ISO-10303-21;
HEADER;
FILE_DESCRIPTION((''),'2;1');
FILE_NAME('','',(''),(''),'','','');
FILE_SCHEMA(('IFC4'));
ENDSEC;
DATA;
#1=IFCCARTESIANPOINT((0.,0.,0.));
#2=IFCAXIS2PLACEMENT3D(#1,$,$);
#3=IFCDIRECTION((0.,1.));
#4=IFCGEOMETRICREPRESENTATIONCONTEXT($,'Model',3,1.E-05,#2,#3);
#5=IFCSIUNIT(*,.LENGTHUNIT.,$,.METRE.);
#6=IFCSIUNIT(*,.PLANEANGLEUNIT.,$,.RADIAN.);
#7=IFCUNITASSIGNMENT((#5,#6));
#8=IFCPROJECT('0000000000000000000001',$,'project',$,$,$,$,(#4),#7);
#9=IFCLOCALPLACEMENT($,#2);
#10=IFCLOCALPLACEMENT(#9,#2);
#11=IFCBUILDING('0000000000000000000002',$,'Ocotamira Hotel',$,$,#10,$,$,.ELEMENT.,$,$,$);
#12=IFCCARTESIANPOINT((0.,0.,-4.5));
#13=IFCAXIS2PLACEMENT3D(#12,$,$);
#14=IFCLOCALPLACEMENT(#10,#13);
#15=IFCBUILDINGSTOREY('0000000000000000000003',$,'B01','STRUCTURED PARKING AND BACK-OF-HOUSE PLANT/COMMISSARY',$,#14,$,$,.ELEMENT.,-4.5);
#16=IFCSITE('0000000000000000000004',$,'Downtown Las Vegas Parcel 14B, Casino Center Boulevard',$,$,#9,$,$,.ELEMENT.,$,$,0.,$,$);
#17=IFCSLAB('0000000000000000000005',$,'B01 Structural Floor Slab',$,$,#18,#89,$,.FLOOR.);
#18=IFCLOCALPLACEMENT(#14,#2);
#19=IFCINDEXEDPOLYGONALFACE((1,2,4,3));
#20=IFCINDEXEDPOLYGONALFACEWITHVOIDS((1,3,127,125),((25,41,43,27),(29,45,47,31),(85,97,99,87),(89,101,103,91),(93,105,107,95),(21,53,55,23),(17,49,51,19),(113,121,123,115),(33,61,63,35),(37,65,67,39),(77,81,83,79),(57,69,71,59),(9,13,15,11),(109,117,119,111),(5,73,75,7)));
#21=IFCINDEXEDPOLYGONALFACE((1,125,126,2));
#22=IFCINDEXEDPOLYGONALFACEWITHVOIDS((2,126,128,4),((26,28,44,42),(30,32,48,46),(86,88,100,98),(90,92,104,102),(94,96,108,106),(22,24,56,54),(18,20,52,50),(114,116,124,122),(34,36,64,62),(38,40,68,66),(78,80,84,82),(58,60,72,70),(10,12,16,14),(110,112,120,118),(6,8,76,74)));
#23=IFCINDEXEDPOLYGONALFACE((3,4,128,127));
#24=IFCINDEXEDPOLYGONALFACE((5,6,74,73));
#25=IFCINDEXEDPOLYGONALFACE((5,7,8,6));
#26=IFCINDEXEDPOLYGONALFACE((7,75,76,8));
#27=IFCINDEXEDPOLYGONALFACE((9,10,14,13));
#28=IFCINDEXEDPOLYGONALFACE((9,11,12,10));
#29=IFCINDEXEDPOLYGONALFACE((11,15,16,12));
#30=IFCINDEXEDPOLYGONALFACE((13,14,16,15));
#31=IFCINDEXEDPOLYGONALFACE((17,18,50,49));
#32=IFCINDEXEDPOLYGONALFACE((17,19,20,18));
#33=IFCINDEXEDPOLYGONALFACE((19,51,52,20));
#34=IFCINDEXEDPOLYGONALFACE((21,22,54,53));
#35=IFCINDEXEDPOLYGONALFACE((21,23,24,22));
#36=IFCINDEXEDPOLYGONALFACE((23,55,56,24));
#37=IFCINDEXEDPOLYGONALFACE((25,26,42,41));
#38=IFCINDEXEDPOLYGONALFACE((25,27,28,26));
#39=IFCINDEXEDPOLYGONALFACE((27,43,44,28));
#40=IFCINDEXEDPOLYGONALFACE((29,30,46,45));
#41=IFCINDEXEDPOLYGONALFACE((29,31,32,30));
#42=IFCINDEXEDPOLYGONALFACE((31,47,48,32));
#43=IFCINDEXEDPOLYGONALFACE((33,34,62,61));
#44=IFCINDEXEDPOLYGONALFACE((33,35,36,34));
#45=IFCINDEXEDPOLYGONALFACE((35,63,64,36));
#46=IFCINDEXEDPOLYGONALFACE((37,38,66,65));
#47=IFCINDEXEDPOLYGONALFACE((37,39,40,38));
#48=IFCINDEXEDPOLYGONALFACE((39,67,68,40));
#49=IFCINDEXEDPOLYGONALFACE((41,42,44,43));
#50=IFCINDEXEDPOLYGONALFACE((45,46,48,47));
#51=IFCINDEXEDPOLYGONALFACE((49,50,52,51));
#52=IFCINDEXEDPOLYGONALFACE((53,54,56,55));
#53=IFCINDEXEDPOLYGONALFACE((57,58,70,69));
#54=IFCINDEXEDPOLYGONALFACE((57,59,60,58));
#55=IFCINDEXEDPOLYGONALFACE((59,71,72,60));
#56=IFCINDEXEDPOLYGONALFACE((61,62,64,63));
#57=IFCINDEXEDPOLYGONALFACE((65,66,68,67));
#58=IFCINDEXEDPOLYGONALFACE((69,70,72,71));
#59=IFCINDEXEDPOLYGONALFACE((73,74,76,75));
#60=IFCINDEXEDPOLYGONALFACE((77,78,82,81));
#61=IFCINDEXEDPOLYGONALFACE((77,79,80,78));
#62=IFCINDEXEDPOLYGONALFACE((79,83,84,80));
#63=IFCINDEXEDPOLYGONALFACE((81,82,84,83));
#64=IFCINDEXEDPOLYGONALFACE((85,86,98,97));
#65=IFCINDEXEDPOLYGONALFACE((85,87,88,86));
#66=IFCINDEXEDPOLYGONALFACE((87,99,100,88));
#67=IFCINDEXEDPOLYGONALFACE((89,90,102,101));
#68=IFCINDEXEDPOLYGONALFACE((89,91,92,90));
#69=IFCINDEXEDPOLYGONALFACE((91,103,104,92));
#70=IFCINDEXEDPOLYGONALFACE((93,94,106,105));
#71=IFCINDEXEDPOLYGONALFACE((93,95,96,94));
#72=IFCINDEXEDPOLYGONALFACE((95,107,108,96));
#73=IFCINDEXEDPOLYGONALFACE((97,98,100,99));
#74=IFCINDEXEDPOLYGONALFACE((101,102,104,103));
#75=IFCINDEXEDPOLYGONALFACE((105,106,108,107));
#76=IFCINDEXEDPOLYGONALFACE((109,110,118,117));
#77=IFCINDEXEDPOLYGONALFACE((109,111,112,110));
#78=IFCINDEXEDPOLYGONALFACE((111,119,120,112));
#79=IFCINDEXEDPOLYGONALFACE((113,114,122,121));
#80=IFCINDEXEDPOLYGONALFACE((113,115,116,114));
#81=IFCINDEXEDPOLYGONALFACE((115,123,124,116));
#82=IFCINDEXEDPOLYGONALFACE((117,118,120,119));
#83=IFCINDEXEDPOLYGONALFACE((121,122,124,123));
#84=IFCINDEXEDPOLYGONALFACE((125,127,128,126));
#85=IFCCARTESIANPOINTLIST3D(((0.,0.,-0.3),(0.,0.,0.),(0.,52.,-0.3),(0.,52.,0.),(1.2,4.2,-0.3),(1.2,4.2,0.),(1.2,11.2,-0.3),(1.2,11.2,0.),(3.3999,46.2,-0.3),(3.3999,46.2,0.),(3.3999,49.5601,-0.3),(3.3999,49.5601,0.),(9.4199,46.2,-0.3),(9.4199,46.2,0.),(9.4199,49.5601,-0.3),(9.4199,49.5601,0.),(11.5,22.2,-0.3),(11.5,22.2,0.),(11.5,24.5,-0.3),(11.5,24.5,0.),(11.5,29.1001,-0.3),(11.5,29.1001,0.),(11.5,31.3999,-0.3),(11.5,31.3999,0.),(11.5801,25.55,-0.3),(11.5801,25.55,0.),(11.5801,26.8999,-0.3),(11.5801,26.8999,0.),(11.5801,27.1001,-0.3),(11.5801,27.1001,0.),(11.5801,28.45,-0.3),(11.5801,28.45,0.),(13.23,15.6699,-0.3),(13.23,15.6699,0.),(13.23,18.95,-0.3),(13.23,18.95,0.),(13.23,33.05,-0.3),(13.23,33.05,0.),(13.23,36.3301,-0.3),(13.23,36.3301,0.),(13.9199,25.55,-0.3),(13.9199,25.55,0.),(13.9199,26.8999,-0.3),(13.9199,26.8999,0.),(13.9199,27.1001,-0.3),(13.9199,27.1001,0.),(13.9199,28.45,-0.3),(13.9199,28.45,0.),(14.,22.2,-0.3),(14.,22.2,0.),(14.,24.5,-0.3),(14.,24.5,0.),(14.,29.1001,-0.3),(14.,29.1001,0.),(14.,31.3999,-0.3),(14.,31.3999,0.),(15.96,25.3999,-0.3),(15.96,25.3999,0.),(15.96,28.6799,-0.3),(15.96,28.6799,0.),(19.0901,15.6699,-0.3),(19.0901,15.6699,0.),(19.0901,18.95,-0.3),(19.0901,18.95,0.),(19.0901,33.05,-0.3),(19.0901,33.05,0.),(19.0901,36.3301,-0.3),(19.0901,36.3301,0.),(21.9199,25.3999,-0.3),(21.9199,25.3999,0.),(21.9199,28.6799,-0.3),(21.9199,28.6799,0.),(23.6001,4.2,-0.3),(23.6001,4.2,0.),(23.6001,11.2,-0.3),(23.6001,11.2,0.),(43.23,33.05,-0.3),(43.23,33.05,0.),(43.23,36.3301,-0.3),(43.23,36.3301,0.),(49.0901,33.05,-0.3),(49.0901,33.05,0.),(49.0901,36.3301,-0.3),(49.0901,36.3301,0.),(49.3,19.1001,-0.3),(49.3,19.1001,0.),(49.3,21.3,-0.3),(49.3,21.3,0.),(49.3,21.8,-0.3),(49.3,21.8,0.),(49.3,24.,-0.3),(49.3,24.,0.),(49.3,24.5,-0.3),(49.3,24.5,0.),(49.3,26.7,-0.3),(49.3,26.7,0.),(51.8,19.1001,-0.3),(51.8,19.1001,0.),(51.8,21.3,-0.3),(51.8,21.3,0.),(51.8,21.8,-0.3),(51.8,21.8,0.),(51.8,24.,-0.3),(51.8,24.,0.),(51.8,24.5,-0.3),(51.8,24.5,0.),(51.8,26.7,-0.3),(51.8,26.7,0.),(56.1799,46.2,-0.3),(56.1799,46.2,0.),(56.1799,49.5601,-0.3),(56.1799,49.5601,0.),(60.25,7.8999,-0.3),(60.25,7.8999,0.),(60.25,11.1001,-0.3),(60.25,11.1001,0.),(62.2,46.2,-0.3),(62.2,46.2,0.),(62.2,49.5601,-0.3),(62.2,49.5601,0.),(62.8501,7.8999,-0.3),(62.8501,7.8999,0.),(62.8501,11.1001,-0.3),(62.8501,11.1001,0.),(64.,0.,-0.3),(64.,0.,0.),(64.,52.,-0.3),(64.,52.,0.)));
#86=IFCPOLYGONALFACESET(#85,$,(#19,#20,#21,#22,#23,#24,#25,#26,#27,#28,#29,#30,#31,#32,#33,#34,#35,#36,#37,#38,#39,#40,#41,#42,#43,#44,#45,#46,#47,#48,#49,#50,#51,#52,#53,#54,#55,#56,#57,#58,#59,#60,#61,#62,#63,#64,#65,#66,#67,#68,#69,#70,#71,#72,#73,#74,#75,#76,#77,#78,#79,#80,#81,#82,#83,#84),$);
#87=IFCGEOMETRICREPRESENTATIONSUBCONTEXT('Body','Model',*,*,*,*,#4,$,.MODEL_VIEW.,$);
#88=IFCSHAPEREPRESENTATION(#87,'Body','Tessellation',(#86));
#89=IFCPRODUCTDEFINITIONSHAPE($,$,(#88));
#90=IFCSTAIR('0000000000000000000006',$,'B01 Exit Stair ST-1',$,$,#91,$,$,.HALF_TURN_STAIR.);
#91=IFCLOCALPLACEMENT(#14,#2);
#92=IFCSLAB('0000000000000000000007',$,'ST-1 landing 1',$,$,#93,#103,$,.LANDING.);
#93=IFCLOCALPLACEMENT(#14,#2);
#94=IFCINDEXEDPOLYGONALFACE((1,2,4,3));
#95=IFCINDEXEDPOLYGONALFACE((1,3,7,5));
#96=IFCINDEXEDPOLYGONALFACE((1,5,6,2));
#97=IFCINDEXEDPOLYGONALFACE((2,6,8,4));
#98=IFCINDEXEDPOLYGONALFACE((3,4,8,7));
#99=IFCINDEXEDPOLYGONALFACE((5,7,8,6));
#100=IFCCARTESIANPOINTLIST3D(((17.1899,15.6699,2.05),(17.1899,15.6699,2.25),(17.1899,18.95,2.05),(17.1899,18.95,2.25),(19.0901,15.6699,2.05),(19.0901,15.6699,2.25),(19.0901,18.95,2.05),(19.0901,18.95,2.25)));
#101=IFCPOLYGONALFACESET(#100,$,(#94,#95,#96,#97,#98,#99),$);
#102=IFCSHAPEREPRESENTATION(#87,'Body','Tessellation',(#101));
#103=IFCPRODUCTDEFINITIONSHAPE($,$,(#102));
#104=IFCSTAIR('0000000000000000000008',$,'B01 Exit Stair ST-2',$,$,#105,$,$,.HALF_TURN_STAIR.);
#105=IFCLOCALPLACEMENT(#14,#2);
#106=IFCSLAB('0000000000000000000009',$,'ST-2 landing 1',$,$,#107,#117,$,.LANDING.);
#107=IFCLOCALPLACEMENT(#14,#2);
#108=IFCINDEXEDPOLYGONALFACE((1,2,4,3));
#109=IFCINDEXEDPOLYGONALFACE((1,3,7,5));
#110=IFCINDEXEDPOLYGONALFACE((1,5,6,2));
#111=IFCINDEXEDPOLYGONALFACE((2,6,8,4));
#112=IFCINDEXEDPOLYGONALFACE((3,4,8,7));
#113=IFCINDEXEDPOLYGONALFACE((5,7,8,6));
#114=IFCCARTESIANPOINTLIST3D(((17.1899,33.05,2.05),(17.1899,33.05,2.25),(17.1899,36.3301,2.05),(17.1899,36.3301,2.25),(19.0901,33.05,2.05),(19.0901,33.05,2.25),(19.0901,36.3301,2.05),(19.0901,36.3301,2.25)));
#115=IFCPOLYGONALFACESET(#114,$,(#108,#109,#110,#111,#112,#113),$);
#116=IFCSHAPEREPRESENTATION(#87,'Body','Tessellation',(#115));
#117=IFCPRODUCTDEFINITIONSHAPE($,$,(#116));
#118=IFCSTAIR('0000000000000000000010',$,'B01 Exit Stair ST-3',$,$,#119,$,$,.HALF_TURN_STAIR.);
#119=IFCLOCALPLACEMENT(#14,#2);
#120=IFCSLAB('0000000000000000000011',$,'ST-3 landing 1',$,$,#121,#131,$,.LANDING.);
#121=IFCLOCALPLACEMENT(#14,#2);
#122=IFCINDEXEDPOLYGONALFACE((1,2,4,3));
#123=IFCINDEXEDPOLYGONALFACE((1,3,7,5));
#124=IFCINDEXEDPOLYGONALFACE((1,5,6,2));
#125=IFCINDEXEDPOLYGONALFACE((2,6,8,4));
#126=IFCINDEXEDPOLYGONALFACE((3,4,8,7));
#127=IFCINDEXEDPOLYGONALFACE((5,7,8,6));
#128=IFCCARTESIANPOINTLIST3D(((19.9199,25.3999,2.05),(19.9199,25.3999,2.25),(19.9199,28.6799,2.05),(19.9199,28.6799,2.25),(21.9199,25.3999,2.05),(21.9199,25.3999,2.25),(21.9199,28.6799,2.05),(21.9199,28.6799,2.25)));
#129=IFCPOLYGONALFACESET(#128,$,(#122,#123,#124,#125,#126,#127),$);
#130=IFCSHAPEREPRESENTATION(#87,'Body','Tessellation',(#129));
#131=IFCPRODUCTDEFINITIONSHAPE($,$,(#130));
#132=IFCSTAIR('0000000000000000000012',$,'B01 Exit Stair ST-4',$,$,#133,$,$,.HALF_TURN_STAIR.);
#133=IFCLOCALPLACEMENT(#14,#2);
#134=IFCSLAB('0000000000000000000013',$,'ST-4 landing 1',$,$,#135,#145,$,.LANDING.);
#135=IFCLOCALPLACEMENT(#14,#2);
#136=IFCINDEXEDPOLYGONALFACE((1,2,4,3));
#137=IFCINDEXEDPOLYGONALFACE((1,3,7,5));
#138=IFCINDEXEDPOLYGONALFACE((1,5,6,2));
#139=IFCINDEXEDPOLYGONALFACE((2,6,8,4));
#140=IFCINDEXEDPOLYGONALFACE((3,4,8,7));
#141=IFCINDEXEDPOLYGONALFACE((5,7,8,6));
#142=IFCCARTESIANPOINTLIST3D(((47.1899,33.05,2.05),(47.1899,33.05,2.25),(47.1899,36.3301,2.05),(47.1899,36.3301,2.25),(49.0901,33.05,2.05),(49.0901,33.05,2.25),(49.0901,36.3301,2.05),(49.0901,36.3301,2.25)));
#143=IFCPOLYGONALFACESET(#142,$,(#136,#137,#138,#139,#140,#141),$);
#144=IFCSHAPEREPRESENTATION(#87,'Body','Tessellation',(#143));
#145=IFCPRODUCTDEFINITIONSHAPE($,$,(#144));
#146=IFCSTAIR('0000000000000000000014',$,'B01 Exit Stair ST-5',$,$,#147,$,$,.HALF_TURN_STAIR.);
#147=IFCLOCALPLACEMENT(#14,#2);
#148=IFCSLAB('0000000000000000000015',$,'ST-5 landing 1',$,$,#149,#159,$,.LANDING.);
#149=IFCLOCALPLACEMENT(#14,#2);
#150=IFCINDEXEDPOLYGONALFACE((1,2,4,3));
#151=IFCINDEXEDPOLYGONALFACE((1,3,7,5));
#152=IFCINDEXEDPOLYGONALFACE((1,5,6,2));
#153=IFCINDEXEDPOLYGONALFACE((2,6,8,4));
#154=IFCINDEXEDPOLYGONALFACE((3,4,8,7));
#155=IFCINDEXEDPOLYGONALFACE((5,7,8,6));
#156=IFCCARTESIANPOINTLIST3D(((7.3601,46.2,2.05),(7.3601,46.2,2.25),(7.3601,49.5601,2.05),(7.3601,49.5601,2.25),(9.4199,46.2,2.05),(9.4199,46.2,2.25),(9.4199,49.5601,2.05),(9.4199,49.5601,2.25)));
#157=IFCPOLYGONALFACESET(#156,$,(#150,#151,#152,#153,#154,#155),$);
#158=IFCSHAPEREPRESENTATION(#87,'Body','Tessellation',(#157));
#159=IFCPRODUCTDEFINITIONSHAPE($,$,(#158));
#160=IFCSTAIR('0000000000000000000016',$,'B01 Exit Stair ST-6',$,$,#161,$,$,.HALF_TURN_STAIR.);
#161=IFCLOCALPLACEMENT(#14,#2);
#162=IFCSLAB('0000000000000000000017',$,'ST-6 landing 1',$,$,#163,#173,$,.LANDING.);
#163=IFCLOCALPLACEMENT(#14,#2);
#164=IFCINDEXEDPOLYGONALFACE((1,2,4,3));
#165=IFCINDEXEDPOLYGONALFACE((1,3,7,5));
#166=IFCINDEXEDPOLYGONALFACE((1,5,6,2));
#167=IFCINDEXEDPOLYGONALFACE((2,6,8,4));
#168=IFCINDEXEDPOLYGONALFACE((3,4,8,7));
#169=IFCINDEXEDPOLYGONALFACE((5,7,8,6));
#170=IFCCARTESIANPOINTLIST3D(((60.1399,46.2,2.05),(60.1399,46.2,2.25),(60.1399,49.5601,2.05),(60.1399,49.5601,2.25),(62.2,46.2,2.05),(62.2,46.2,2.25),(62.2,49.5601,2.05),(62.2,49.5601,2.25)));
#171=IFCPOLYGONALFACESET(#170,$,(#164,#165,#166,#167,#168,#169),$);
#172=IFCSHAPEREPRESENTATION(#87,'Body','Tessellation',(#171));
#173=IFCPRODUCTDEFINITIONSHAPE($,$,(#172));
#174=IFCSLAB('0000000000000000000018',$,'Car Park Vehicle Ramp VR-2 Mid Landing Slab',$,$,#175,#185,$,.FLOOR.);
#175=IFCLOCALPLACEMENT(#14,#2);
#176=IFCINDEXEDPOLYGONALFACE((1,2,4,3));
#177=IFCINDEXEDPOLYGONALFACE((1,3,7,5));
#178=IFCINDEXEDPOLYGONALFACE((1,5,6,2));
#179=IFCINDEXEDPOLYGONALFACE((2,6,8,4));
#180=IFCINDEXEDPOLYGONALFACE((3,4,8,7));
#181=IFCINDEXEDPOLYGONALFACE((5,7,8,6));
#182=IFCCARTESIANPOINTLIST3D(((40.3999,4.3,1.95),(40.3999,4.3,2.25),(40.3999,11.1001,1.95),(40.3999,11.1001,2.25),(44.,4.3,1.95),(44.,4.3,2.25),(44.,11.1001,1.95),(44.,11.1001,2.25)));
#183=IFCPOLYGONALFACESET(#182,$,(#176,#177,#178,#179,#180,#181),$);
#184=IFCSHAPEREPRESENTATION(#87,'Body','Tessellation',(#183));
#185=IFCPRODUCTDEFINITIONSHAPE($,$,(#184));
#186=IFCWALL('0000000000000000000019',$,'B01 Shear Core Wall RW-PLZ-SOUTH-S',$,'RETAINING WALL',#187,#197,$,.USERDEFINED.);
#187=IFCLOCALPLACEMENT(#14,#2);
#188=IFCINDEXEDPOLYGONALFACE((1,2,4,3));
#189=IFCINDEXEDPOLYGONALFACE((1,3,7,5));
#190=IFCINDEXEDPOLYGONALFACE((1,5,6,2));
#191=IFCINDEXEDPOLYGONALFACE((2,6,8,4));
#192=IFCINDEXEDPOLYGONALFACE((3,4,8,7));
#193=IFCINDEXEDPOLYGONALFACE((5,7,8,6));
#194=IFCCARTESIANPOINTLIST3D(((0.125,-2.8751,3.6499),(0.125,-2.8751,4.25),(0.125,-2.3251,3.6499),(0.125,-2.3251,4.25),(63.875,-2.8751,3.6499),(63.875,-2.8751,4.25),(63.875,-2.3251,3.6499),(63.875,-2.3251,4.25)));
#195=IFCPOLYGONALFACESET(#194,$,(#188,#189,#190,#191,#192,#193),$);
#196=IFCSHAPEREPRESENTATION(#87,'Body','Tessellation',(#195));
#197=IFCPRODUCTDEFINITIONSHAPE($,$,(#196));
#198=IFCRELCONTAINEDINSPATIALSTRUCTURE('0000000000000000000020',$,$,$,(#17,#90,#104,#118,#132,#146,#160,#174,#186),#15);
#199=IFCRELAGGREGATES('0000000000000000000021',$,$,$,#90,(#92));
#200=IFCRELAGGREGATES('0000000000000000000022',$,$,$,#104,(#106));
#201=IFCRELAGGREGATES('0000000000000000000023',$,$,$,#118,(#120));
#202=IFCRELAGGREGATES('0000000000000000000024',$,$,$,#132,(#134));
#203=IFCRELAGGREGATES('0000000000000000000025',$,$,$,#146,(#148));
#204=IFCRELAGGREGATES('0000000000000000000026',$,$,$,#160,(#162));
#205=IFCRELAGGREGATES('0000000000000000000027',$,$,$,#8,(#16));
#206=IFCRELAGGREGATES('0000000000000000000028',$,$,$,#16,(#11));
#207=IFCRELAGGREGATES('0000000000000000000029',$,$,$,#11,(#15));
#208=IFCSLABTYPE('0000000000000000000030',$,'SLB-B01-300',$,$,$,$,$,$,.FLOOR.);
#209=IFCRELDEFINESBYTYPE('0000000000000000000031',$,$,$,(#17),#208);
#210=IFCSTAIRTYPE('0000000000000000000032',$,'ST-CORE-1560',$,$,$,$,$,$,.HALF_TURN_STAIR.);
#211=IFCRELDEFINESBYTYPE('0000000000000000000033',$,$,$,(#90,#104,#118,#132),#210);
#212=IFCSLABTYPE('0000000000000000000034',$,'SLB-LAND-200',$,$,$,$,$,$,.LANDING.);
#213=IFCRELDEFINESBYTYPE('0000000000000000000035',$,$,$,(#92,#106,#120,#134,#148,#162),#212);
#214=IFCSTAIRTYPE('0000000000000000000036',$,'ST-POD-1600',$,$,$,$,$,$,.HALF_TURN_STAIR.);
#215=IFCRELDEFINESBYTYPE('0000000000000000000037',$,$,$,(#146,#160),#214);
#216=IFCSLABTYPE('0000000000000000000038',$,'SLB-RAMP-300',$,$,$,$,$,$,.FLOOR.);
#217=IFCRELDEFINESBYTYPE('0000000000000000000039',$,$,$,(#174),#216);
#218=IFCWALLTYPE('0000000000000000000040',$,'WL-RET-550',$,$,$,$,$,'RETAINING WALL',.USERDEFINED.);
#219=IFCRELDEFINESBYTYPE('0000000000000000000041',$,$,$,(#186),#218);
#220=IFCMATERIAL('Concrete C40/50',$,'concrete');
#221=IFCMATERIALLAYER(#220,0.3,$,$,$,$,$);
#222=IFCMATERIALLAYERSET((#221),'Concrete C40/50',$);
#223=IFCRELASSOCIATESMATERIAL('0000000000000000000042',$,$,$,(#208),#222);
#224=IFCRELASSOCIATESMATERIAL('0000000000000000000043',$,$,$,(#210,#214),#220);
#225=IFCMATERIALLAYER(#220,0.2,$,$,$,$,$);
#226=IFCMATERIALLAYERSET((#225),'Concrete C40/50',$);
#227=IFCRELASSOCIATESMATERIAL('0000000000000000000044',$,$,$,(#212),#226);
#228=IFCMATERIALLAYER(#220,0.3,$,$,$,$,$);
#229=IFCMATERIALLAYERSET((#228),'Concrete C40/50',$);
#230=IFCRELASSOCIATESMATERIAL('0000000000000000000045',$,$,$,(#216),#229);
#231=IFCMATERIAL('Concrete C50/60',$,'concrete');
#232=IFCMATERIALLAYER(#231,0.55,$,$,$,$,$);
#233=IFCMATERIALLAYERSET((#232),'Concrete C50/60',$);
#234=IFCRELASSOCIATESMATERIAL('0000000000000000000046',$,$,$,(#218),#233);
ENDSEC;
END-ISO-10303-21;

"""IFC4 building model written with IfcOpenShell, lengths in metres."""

from ifc_helpers import new_model, si_unit, direction, frame, frame_2d, origin, place, context, subcontext, project, spatial, polyline, rectangle, outline, extrude, material, layer, layer_set, type_object, element, aggregate, save


model = new_model("IFC4")

# Units and contexts
model_context = context("Model", 3, precision=1e-05, world=origin(), true_north=direction((0.0, 1.0)))
body_context = subcontext(model_context, "Body", "Model", "MODEL_VIEW")
ifc_project = project(units=[si_unit("LENGTHUNIT", "METRE"), si_unit("PLANEANGLEUNIT", "RADIAN")], contexts=[model_context])

# Site, building, storey
site_placement = place(None, origin())
site = spatial("IfcSite", under=ifc_project, at=site_placement, Name="Downtown Las Vegas Parcel 14B, Casino Center Boulevard", CompositionType="ELEMENT", RefElevation=0.0)
building_placement = place(site_placement, origin())
building = spatial("IfcBuilding", under=site, at=building_placement, Name="Ocotamira Hotel", CompositionType="ELEMENT")
storey_placement = place(building_placement, frame((0.0, 0.0, -4.5)))
storey = spatial("IfcBuildingStorey", under=building, at=storey_placement, Name="B01", Description="STRUCTURED PARKING AND BACK-OF-HOUSE PLANT/COMMISSARY", CompositionType="ELEMENT", Elevation=-4.5)

# Shared definitions
ifc_material_1 = material(Name="Concrete C50/60", Category="concrete")

# Slab
ifc_material_2 = material(Name="Concrete C40/50", Category="concrete")
ifc_layer_1 = layer(ifc_material_2, 0.3)
ifc_layer_set_1 = layer_set([ifc_layer_1], Name="Concrete C40/50")
slab_type_1 = type_object("IfcSlabType", Name="SLB-B01-300", PredefinedType="FLOOR", material=ifc_layer_set_1)
slab_1_placement = place(storey_placement, frame((0.0, 0.0, -0.3)))
element("IfcSlab", 1, at=slab_1_placement, inside=storey, type_object=slab_type_1, Name="B01 Structural Floor Slab", PredefinedType="FLOOR", context=body_context, shape_type="SweptSolid", body=[
    extrude(outline(polyline([(0.0, 0.0), (64.0, 0.0), (64.0, 52.0), (0.0, 52.0), (0.0, 0.0)]), holes=[polyline([(13.23, 15.6699), (19.0901, 15.6699), (19.0901, 18.95), (13.23, 18.95), (13.23, 15.6699)]), polyline([(13.23, 33.05), (19.0901, 33.05), (19.0901, 36.3301), (13.23, 36.3301), (13.23, 33.05)]), polyline([(15.96, 25.3999), (21.9199, 25.3999), (21.9199, 28.6799), (15.96, 28.6799), (15.96, 25.3999)]), polyline([(43.23, 33.05), (49.0901, 33.05), (49.0901, 36.3301), (43.23, 36.3301), (43.23, 33.05)]), polyline([(3.3999, 46.2), (9.4199, 46.2), (9.4199, 49.5601), (3.3999, 49.5601), (3.3999, 46.2)]), polyline([(56.1799, 46.2), (62.2, 46.2), (62.2, 49.5601), (56.1799, 49.5601), (56.1799, 46.2)]), polyline([(49.3, 19.1001), (51.8, 19.1001), (51.8, 21.3), (49.3, 21.3), (49.3, 19.1001)]), polyline([(49.3, 21.8), (51.8, 21.8), (51.8, 24.0), (49.3, 24.0), (49.3, 21.8)]), polyline([(49.3, 24.5), (51.8, 24.5), (51.8, 26.7), (49.3, 26.7), (49.3, 24.5)]), polyline([(11.5, 22.2), (14.0, 22.2), (14.0, 24.5), (11.5, 24.5), (11.5, 22.2)]), polyline([(11.5, 29.1001), (14.0, 29.1001), (14.0, 31.3999), (11.5, 31.3999), (11.5, 29.1001)]), polyline([(11.5801, 25.55), (13.9199, 25.55), (13.9199, 26.8999), (11.5801, 26.8999), (11.5801, 25.55)]), polyline([(11.5801, 27.1001), (13.9199, 27.1001), (13.9199, 28.45), (11.5801, 28.45), (11.5801, 27.1001)]), polyline([(1.2, 4.2), (23.6001, 4.2), (23.6001, 11.2), (1.2, 11.2), (1.2, 4.2)]), polyline([(60.25, 7.8999), (62.8501, 7.8999), (62.8501, 11.1001), (60.25, 11.1001), (60.25, 7.8999)])]), origin(), (0.0, 0.0, 1.0), 0.3),
])

# Stairs, slabs
stair_type_1 = type_object("IfcStairType", Name="ST-CORE-1560", PredefinedType="HALF_TURN_STAIR", material=ifc_material_2)
stair_1_placement = place(storey_placement, origin())
stair_1 = element("IfcStair", 2, at=stair_1_placement, inside=storey, type_object=stair_type_1, Name="B01 Exit Stair ST-1", PredefinedType="HALF_TURN_STAIR")
ifc_layer_2 = layer(ifc_material_2, 0.2)
ifc_layer_set_2 = layer_set([ifc_layer_2], Name="Concrete C40/50")
slab_type_2 = type_object("IfcSlabType", Name="SLB-LAND-200", PredefinedType="LANDING", material=ifc_layer_set_2)
slab_2_placement = place(storey_placement, frame((0.0, 0.0, 2.05)))
slab_2 = element("IfcSlab", 3, at=slab_2_placement, type_object=slab_type_2, Name="ST-1 landing 1", PredefinedType="LANDING", context=body_context, shape_type="SweptSolid", body=[
    extrude(outline(polyline([(17.1899, 15.6699), (19.0901, 15.6699), (19.0901, 18.95), (17.1899, 18.95), (17.1899, 15.6699)])), origin(), (0.0, 0.0, 1.0), 0.2),
])
aggregate(stair_1, [slab_2])
stair_2_placement = place(storey_placement, origin())
stair_2 = element("IfcStair", 4, at=stair_2_placement, inside=storey, type_object=stair_type_1, Name="B01 Exit Stair ST-2", PredefinedType="HALF_TURN_STAIR")
slab_3_placement = place(storey_placement, frame((0.0, 0.0, 2.05)))
slab_3 = element("IfcSlab", 5, at=slab_3_placement, type_object=slab_type_2, Name="ST-2 landing 1", PredefinedType="LANDING", context=body_context, shape_type="SweptSolid", body=[
    extrude(outline(polyline([(17.1899, 33.05), (19.0901, 33.05), (19.0901, 36.3301), (17.1899, 36.3301), (17.1899, 33.05)])), origin(), (0.0, 0.0, 1.0), 0.2),
])
aggregate(stair_2, [slab_3])
stair_3_placement = place(storey_placement, origin())
stair_3 = element("IfcStair", 6, at=stair_3_placement, inside=storey, type_object=stair_type_1, Name="B01 Exit Stair ST-3", PredefinedType="HALF_TURN_STAIR")
slab_4_placement = place(storey_placement, frame((0.0, 0.0, 2.05)))
slab_4 = element("IfcSlab", 7, at=slab_4_placement, type_object=slab_type_2, Name="ST-3 landing 1", PredefinedType="LANDING", context=body_context, shape_type="SweptSolid", body=[
    extrude(outline(polyline([(19.9199, 25.3999), (21.9199, 25.3999), (21.9199, 28.6799), (19.9199, 28.6799), (19.9199, 25.3999)])), origin(), (0.0, 0.0, 1.0), 0.2),
])
aggregate(stair_3, [slab_4])
stair_4_placement = place(storey_placement, origin())
stair_4 = element("IfcStair", 8, at=stair_4_placement, inside=storey, type_object=stair_type_1, Name="B01 Exit Stair ST-4", PredefinedType="HALF_TURN_STAIR")
slab_5_placement = place(storey_placement, frame((0.0, 0.0, 2.05)))
slab_5 = element("IfcSlab", 9, at=slab_5_placement, type_object=slab_type_2, Name="ST-4 landing 1", PredefinedType="LANDING", context=body_context, shape_type="SweptSolid", body=[
    extrude(outline(polyline([(47.1899, 33.05), (49.0901, 33.05), (49.0901, 36.3301), (47.1899, 36.3301), (47.1899, 33.05)])), origin(), (0.0, 0.0, 1.0), 0.2),
])
aggregate(stair_4, [slab_5])
stair_type_2 = type_object("IfcStairType", Name="ST-POD-1600", PredefinedType="HALF_TURN_STAIR", material=ifc_material_2)
stair_5_placement = place(storey_placement, origin())
stair_5 = element("IfcStair", 10, at=stair_5_placement, inside=storey, type_object=stair_type_2, Name="B01 Exit Stair ST-5", PredefinedType="HALF_TURN_STAIR")
slab_6_placement = place(storey_placement, frame((0.0, 0.0, 2.05)))
slab_6 = element("IfcSlab", 11, at=slab_6_placement, type_object=slab_type_2, Name="ST-5 landing 1", PredefinedType="LANDING", context=body_context, shape_type="SweptSolid", body=[
    extrude(outline(polyline([(7.3601, 46.2), (9.4199, 46.2), (9.4199, 49.5601), (7.3601, 49.5601), (7.3601, 46.2)])), origin(), (0.0, 0.0, 1.0), 0.2),
])
aggregate(stair_5, [slab_6])
stair_6_placement = place(storey_placement, origin())
stair_6 = element("IfcStair", 12, at=stair_6_placement, inside=storey, type_object=stair_type_2, Name="B01 Exit Stair ST-6", PredefinedType="HALF_TURN_STAIR")
slab_7_placement = place(storey_placement, frame((0.0, 0.0, 2.05)))
slab_7 = element("IfcSlab", 13, at=slab_7_placement, type_object=slab_type_2, Name="ST-6 landing 1", PredefinedType="LANDING", context=body_context, shape_type="SweptSolid", body=[
    extrude(outline(polyline([(60.1399, 46.2), (62.2, 46.2), (62.2, 49.5601), (60.1399, 49.5601), (60.1399, 46.2)])), origin(), (0.0, 0.0, 1.0), 0.2),
])
aggregate(stair_6, [slab_7])

# Slab
ifc_layer_3 = layer(ifc_material_2, 0.3)
ifc_layer_set_3 = layer_set([ifc_layer_3], Name="Concrete C40/50")
slab_type_3 = type_object("IfcSlabType", Name="SLB-RAMP-300", PredefinedType="FLOOR", material=ifc_layer_set_3)
slab_8_placement = place(storey_placement, frame((0.0, 0.0, 1.95)))
element("IfcSlab", 14, at=slab_8_placement, inside=storey, type_object=slab_type_3, Name="Car Park Vehicle Ramp VR-2 Mid Landing Slab", PredefinedType="FLOOR", context=body_context, shape_type="SweptSolid", body=[
    extrude(outline(polyline([(40.3999, 4.3), (44.0, 4.3), (44.0, 11.1001), (40.3999, 11.1001), (40.3999, 4.3)])), origin(), (0.0, 0.0, 1.0), 0.3),
])

# Wall
ifc_layer_4 = layer(ifc_material_1, 0.55)
ifc_layer_set_4 = layer_set([ifc_layer_4], Name="Concrete C50/60")
wall_type = type_object("IfcWallType", Name="WL-RET-550", ElementType="RETAINING WALL", PredefinedType="USERDEFINED", material=ifc_layer_set_4)
for number, where, z_axis, x_axis, name in (
    (15, (0.125, -2.6001, 3.6499), (0.0, 0.0, 1.0), (1.0, 0.0, 0.0), "B01 Shear Core Wall RW-PLZ-SOUTH-S"),
):
    element("IfcWall", number, at=place(storey_placement, frame(where, z_axis=z_axis, x_axis=x_axis)), inside=storey, type_object=wall_type, Name=name, ObjectType="RETAINING WALL", PredefinedType="USERDEFINED", context=body_context, shape_type="SweptSolid", body=[
        extrude(rectangle(XDim=63.75, YDim=0.55, at=frame_2d((31.875, 0.0))), origin(), (0.0, 0.0, 1.0), 0.6001),
    ])

save(model, "model.ifc")
